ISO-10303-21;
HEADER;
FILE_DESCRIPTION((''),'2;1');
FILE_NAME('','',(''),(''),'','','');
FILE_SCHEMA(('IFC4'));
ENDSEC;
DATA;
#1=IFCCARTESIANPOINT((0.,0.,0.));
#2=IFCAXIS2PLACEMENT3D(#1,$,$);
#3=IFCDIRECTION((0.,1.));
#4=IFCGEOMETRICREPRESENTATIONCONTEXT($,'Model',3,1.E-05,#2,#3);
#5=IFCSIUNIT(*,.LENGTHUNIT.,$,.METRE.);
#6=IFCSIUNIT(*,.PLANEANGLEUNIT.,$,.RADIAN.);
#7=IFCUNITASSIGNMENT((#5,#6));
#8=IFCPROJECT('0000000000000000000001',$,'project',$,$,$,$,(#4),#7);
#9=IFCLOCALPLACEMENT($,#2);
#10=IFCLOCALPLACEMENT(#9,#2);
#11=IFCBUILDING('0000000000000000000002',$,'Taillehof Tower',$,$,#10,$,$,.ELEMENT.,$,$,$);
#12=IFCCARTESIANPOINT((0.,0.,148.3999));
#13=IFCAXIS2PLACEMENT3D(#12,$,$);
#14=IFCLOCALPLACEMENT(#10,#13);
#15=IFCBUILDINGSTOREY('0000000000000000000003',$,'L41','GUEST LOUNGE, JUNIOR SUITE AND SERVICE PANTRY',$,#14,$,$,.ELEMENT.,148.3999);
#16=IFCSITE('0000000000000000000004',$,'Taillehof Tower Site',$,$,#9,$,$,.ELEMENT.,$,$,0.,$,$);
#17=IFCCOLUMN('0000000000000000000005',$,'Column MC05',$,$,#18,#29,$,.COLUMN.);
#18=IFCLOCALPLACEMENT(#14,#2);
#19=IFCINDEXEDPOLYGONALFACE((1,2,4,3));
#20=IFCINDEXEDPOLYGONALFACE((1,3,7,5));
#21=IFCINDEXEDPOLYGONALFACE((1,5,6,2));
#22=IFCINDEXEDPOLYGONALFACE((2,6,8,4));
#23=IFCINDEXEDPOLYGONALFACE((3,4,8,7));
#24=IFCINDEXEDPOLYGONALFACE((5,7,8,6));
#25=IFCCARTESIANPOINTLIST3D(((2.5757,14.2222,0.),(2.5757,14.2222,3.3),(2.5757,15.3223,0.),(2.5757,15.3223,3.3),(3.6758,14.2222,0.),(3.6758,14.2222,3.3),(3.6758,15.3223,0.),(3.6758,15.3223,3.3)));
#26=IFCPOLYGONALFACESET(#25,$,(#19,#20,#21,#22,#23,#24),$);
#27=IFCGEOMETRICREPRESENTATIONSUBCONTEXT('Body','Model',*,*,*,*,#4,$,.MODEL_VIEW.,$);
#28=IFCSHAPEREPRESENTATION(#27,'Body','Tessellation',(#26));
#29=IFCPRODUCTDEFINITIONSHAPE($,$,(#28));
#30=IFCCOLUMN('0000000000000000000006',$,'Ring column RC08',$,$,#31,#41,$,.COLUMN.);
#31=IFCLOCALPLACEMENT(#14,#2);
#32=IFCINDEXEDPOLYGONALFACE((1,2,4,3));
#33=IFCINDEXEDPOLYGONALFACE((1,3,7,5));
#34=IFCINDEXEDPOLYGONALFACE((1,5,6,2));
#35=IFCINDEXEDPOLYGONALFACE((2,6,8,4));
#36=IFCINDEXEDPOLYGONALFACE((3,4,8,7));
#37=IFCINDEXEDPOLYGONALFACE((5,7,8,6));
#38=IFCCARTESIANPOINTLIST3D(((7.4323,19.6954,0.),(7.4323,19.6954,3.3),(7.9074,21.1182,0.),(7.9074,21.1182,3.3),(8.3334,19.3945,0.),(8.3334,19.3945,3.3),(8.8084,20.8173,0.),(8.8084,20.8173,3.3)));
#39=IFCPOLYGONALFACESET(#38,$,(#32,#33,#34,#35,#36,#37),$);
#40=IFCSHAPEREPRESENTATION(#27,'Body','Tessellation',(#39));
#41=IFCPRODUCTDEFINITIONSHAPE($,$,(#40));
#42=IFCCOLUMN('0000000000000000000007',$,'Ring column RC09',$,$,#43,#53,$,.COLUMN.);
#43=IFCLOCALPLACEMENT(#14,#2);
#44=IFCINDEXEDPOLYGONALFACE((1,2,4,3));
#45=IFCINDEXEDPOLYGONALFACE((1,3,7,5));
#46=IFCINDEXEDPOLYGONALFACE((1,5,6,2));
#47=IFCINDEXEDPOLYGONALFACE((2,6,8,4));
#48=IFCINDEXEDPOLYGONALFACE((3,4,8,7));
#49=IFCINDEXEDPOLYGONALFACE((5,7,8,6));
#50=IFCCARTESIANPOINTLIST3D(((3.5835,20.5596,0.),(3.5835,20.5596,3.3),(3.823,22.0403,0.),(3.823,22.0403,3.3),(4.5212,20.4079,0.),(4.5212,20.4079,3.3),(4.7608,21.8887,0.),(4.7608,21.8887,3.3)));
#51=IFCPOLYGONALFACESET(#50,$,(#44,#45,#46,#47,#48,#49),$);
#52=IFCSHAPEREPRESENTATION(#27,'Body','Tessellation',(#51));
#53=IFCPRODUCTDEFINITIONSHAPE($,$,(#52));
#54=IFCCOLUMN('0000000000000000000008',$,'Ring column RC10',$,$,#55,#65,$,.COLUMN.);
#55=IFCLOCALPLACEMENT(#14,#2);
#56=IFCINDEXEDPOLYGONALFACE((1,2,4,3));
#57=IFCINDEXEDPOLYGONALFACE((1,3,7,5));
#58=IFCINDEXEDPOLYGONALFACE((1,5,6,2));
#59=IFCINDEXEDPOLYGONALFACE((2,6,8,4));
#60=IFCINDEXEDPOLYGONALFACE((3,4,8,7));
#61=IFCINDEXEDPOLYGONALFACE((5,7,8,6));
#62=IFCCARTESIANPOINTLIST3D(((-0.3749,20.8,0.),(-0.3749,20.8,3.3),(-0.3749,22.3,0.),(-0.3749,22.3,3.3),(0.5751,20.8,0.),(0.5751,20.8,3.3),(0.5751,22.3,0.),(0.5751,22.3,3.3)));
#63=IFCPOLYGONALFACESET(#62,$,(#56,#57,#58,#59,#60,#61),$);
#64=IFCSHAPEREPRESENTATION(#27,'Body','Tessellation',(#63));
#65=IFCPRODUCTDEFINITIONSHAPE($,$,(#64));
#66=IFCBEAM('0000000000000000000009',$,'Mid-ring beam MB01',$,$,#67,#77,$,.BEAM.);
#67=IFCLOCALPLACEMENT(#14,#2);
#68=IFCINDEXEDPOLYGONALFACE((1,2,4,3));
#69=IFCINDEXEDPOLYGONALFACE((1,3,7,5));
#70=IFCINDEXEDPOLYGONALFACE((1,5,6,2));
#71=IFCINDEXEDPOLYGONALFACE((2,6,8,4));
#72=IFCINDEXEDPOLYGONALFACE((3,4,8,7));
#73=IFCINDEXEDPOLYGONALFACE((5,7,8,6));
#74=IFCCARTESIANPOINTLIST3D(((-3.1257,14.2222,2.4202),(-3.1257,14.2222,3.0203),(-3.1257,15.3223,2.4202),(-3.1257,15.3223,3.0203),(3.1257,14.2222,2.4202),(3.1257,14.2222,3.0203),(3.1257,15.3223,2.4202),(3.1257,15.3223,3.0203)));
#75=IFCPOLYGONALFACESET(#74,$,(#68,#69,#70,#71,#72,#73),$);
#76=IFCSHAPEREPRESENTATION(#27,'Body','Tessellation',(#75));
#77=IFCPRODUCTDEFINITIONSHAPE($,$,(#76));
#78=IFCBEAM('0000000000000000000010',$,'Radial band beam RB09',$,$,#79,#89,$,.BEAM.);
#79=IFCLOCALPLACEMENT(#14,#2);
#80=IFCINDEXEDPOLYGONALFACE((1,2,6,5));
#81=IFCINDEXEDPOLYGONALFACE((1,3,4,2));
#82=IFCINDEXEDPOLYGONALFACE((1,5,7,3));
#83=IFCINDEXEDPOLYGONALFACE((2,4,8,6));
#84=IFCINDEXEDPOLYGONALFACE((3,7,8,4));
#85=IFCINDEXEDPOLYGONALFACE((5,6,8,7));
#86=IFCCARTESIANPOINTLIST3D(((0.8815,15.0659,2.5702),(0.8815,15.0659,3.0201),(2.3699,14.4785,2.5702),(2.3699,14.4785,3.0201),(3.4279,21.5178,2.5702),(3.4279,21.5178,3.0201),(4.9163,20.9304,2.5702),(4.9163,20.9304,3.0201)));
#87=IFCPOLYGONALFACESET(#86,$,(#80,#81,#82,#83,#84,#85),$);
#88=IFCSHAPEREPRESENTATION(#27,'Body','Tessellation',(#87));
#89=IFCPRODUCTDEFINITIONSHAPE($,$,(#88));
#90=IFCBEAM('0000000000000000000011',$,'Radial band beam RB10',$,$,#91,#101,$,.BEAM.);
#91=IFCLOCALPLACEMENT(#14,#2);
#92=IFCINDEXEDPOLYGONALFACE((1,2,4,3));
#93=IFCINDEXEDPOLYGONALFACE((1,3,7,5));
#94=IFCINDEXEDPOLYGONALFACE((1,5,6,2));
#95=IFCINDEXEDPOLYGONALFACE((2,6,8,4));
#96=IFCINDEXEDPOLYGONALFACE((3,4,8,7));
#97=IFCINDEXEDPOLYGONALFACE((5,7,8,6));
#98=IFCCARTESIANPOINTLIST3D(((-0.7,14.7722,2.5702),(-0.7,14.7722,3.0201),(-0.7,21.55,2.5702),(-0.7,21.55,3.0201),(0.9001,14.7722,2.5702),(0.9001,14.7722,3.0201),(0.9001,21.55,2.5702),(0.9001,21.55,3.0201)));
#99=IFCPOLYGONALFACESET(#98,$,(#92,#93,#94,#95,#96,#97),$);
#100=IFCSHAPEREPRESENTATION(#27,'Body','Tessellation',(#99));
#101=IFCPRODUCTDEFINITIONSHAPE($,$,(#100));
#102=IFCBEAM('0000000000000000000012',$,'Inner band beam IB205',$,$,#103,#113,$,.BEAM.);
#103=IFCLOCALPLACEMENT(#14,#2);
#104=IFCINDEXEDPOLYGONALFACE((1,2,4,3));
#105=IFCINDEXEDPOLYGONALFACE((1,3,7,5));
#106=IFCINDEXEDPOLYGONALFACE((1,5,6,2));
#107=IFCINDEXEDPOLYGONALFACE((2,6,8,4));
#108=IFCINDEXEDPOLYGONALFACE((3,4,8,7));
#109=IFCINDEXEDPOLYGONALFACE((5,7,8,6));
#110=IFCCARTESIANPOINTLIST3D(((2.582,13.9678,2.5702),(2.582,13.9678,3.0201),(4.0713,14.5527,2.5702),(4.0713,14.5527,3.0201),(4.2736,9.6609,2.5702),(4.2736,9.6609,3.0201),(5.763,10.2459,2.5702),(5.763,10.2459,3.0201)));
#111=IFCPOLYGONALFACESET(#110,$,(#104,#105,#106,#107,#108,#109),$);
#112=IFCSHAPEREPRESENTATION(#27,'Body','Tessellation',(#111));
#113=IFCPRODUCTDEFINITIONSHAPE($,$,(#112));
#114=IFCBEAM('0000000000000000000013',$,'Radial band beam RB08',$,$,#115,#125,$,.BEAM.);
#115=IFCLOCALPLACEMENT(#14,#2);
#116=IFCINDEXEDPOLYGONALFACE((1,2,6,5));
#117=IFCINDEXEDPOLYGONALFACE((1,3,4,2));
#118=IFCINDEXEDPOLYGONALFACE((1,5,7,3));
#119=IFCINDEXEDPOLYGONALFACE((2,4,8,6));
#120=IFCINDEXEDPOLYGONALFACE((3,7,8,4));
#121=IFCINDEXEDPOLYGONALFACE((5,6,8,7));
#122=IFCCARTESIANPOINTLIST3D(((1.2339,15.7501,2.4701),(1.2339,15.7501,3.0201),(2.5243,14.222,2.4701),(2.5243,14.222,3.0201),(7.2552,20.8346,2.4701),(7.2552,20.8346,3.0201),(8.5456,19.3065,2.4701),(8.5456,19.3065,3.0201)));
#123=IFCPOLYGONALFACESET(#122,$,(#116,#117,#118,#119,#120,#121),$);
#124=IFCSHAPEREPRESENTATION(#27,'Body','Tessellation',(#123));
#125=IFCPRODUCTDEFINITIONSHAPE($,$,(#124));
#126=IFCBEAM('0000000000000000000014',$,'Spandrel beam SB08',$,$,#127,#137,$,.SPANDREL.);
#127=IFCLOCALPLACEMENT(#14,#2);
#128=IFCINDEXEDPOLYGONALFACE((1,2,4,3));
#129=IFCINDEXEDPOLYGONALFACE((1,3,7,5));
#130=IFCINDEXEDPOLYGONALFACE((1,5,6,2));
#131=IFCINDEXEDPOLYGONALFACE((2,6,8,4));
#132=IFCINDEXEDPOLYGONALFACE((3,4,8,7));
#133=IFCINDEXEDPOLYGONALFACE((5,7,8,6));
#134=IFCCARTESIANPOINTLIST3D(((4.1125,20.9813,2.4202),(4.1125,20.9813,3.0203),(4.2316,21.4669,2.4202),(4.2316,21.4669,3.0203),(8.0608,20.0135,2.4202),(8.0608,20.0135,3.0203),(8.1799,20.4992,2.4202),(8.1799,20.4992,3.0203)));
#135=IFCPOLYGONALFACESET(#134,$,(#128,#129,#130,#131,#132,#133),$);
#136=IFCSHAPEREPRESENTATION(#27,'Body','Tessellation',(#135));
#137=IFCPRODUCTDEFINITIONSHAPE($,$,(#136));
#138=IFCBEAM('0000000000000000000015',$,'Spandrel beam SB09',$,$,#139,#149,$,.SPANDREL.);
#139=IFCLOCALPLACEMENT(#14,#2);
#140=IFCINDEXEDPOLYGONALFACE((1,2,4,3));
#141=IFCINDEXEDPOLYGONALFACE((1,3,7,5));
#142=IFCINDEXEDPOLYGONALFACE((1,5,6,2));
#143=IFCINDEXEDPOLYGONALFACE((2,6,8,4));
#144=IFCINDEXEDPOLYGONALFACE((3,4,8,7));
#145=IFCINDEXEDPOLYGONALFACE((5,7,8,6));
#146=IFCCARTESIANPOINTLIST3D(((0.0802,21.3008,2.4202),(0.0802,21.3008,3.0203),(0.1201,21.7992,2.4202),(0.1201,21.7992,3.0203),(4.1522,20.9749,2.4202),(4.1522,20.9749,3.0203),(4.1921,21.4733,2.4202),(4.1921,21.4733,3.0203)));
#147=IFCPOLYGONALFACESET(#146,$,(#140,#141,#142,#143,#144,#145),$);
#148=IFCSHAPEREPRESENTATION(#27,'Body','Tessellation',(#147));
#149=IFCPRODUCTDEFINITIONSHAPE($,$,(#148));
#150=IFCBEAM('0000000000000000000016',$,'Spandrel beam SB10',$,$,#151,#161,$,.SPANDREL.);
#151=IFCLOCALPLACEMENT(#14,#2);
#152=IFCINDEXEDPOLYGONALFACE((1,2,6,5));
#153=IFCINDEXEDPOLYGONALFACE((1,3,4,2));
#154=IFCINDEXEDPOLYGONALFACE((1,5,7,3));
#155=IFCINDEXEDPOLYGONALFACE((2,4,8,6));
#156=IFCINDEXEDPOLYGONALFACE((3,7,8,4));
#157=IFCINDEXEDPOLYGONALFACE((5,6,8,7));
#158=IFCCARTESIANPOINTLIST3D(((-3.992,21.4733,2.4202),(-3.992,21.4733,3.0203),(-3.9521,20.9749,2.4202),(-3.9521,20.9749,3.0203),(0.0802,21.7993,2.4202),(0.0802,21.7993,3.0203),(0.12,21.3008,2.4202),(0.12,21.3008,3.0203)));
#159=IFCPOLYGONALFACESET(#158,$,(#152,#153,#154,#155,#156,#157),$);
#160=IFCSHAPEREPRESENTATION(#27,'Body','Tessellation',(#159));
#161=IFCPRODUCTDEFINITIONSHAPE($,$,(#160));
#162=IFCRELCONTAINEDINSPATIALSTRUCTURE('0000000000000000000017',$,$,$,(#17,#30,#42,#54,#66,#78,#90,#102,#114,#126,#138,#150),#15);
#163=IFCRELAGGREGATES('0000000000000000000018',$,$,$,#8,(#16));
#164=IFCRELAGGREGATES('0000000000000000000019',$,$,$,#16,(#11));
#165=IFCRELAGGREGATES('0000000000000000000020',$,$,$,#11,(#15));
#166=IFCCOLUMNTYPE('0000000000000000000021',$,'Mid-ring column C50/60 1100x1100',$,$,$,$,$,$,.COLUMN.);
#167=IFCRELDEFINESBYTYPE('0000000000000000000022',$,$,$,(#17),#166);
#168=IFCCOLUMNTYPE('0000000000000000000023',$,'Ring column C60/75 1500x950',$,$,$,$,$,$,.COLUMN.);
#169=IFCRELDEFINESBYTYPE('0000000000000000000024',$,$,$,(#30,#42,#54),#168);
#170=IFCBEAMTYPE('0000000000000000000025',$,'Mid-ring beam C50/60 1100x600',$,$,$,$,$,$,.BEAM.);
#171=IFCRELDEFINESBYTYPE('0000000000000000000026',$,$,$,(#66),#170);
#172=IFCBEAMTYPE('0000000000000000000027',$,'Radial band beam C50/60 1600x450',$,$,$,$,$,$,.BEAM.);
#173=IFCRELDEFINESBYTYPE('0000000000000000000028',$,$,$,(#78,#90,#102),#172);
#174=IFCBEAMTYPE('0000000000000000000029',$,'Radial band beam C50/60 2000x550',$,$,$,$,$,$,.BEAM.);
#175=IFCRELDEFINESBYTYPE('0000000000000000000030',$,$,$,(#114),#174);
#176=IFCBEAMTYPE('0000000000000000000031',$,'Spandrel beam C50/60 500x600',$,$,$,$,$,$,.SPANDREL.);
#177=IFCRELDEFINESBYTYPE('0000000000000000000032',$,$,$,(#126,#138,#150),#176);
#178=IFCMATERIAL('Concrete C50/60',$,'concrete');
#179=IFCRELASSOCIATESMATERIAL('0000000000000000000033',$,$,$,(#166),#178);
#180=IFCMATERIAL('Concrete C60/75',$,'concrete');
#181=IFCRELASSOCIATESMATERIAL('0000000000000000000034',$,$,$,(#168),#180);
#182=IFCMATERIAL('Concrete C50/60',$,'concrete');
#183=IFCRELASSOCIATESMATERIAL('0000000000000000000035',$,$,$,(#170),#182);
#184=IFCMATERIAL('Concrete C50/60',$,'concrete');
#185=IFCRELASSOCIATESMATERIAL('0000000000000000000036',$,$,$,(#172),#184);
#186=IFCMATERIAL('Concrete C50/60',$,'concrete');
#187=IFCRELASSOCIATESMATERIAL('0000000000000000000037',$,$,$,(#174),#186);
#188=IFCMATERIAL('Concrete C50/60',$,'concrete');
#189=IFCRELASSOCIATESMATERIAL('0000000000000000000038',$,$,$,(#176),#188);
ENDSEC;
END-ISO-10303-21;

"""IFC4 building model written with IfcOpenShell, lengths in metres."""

from ifc_helpers import new_model, si_unit, direction, frame, origin, origin_2d, place, context, subcontext, project, spatial, rectangle, extrude, material, material_profile, profile_set, type_object, element, save


model = new_model("IFC4")

# Units and contexts
model_context = context("Model", 3, precision=1e-05, world=origin(), true_north=direction((0.0, 1.0)))
body_context = subcontext(model_context, "Body", "Model", "MODEL_VIEW")
ifc_project = project(units=[si_unit("LENGTHUNIT", "METRE"), si_unit("PLANEANGLEUNIT", "RADIAN")], contexts=[model_context])

# Site, building, storey
site_placement = place(None, origin())
site = spatial("IfcSite", under=ifc_project, at=site_placement, Name="Taillehof Tower Site", CompositionType="ELEMENT", RefElevation=0.0)
building_placement = place(site_placement, origin())
building = spatial("IfcBuilding", under=site, at=building_placement, Name="Taillehof Tower", CompositionType="ELEMENT")
storey_placement = place(building_placement, frame((0.0, 0.0, 148.3999)))
storey = spatial("IfcBuildingStorey", under=building, at=storey_placement, Name="L41", Description="GUEST LOUNGE, JUNIOR SUITE AND SERVICE PANTRY", CompositionType="ELEMENT", Elevation=148.3999)

# Columns
ifc_material_1 = material(Name="Concrete C50/60", Category="concrete")
ifc_material_profile_1 = material_profile(ifc_material_1, rectangle(XDim=1.1001, YDim=1.1001, at=origin_2d()), Name="RC 1100x1100")
ifc_profile_set_1 = profile_set([ifc_material_profile_1], Name="Concrete C50/60")
column_type_1 = type_object("IfcColumnType", Name="Mid-ring column C50/60 1100x1100", PredefinedType="COLUMN", material=ifc_profile_set_1)
column_placement = place(storey_placement, frame((3.1257, 14.7722, 0.0), z_axis=(0.0, 0.0, 1.0), x_axis=(1.0, 0.0, 0.0)))
element("IfcColumn", 1, at=column_placement, inside=storey, type_object=column_type_1, Name="Column MC05", PredefinedType="COLUMN", context=body_context, shape_type="SweptSolid", body=[
    extrude(rectangle(XDim=1.1001, YDim=1.1001, at=origin_2d()), origin(), (0.0, 0.0, 1.0), 3.3),
])
ifc_material_2 = material(Name="Concrete C60/75", Category="concrete")
ifc_material_profile_2 = material_profile(ifc_material_2, rectangle(XDim=1.5, YDim=0.95, at=origin_2d()), Name="RC 1500x950")
ifc_profile_set_2 = profile_set([ifc_material_profile_2], Name="Concrete C60/75")
column_type_2 = type_object("IfcColumnType", Name="Ring column C60/75 1500x950", PredefinedType="COLUMN", material=ifc_profile_set_2)
for number, where, z_axis, x_axis, name in (
    (2, (8.1204, 20.2563, 0.0), (0.0, 0.0, 1.0), (0.316703, 0.948525, 0.0), "Ring column RC08"),
    (3, (4.1721, 21.2241, 0.0), (0.0, 0.0, 1.0), (0.159679, 0.987169, 0.0), "Ring column RC09"),
    (4, (0.1001, 21.55, 0.0), (0.0, 0.0, 1.0), (0.0, 1.0, 0.0), "Ring column RC10"),
):
    element("IfcColumn", number, at=place(storey_placement, frame(where, z_axis=z_axis, x_axis=x_axis)), inside=storey, type_object=column_type_2, Name=name, PredefinedType="COLUMN", context=body_context, shape_type="SweptSolid", body=[
        extrude(rectangle(XDim=1.5, YDim=0.95, at=origin_2d()), origin(), (0.0, 0.0, 1.0), 3.3),
    ])

# Beams
ifc_material_3 = material(Name="Concrete C50/60", Category="concrete")
ifc_material_profile_3 = material_profile(ifc_material_3, rectangle(XDim=1.1001, YDim=0.6001, at=origin_2d()), Name="RC 1100x600")
ifc_profile_set_3 = profile_set([ifc_material_profile_3], Name="Concrete C50/60")
beam_type_1 = type_object("IfcBeamType", Name="Mid-ring beam C50/60 1100x600", PredefinedType="BEAM", material=ifc_profile_set_3)
beam_1_placement = place(storey_placement, frame((3.1257, 14.7722, 2.7202), z_axis=(-1.0, 0.0, 0.0), x_axis=(0.0, -1.0, 0.0)))
element("IfcBeam", 5, at=beam_1_placement, inside=storey, type_object=beam_type_1, Name="Mid-ring beam MB01", PredefinedType="BEAM", context=body_context, shape_type="SweptSolid", body=[
    extrude(rectangle(XDim=1.1001, YDim=0.6001, at=origin_2d()), origin(), (0.0, 0.0, 1.0), 6.2515),
])
ifc_material_4 = material(Name="Concrete C50/60", Category="concrete")
ifc_material_profile_4 = material_profile(ifc_material_4, rectangle(XDim=1.6001, YDim=0.45, at=origin_2d()), Name="RC 1600x450")
ifc_profile_set_4 = profile_set([ifc_material_profile_4], Name="Concrete C50/60")
beam_type_2 = type_object("IfcBeamType", Name="Radial band beam C50/60 1600x450", PredefinedType="BEAM", material=ifc_profile_set_4)
beam_2_placement = place(storey_placement, frame((4.1721, 21.2241, 2.7952), z_axis=(-0.367114, -0.930176, 0.0), x_axis=(0.930176, -0.367114, 0.0)))
element("IfcBeam", 6, at=beam_2_placement, inside=storey, type_object=beam_type_2, Name="Radial band beam RB09", PredefinedType="BEAM", context=body_context, shape_type="SweptSolid", body=[
    extrude(rectangle(XDim=1.6001, YDim=0.45, at=origin_2d()), origin(), (0.0, 0.0, 1.0), 6.9363),
])
beam_3_placement = place(storey_placement, frame((0.1001, 21.55, 2.7952), z_axis=(0.0, -1.0, 0.0), x_axis=(1.0, 0.0, 0.0)))
element("IfcBeam", 7, at=beam_3_placement, inside=storey, type_object=beam_type_2, Name="Radial band beam RB10", PredefinedType="BEAM", context=body_context, shape_type="SweptSolid", body=[
    extrude(rectangle(XDim=1.6001, YDim=0.45, at=origin_2d()), origin(), (0.0, 0.0, 1.0), 6.7778),
])
beam_4_placement = place(storey_placement, frame((3.3267, 14.2603, 2.7952), z_axis=(0.365589, -0.930777, 0.0), x_axis=(0.930777, 0.365589, 0.0)))
element("IfcBeam", 8, at=beam_4_placement, inside=storey, type_object=beam_type_2, Name="Inner band beam IB205", PredefinedType="BEAM", context=body_context, shape_type="SweptSolid", body=[
    extrude(rectangle(XDim=1.6001, YDim=0.45, at=origin_2d()), origin(), (0.0, 0.0, 1.0), 4.6272),
])
ifc_material_5 = material(Name="Concrete C50/60", Category="concrete")
ifc_material_profile_5 = material_profile(ifc_material_5, rectangle(XDim=2.0, YDim=0.55, at=origin_2d()), Name="RC 2000x550")
ifc_profile_set_5 = profile_set([ifc_material_profile_5], Name="Concrete C50/60")
beam_type_3 = type_object("IfcBeamType", Name="Radial band beam C50/60 2000x550", PredefinedType="BEAM", material=ifc_profile_set_5)
beam_5_placement = place(storey_placement, frame((7.9004, 20.0706, 2.7451), z_axis=(-0.764038, -0.645171, 0.0), x_axis=(0.645171, -0.764038, 0.0)))
element("IfcBeam", 9, at=beam_5_placement, inside=storey, type_object=beam_type_3, Name="Radial band beam RB08", PredefinedType="BEAM", context=body_context, shape_type="SweptSolid", body=[
    extrude(rectangle(XDim=2.0, YDim=0.55, at=origin_2d()), origin(), (0.0, 0.0, 1.0), 7.8809),
])
ifc_material_6 = material(Name="Concrete C50/60", Category="concrete")
ifc_material_profile_6 = material_profile(ifc_material_6, rectangle(XDim=0.5, YDim=0.6001, at=origin_2d()), Name="RC 500x600")
ifc_profile_set_6 = profile_set([ifc_material_profile_6], Name="Concrete C50/60")
beam_type_4 = type_object("IfcBeamType", Name="Spandrel beam C50/60 500x600", PredefinedType="SPANDREL", material=ifc_profile_set_6)
beam_6_placement = place(storey_placement, frame((8.1204, 20.2563, 2.7202), z_axis=(-0.971249, 0.238068, 0.0), x_axis=(-0.238068, -0.971249, 0.0)))
element("IfcBeam", 10, at=beam_6_placement, inside=storey, type_object=beam_type_4, Name="Spandrel beam SB08", PredefinedType="SPANDREL", context=body_context, shape_type="SweptSolid", body=[
    extrude(rectangle(XDim=0.5, YDim=0.6001, at=origin_2d()), origin(), (0.0, 0.0, 1.0), 4.0652),
])
beam_7_placement = place(storey_placement, frame((4.1721, 21.2241, 2.7202), z_axis=(-0.996812, 0.079786, 0.0), x_axis=(-0.079786, -0.996812, 0.0)))
element("IfcBeam", 11, at=beam_7_placement, inside=storey, type_object=beam_type_4, Name="Spandrel beam SB09", PredefinedType="SPANDREL", context=body_context, shape_type="SweptSolid", body=[
    extrude(rectangle(XDim=0.5, YDim=0.6001, at=origin_2d()), origin(), (0.0, 0.0, 1.0), 4.085),
])
beam_8_placement = place(storey_placement, frame((0.1001, 21.55, 2.7202), z_axis=(-0.996812, -0.079781, 0.0), x_axis=(0.079781, -0.996812, 0.0)))
element("IfcBeam", 12, at=beam_8_placement, inside=storey, type_object=beam_type_4, Name="Spandrel beam SB10", PredefinedType="SPANDREL", context=body_context, shape_type="SweptSolid", body=[
    extrude(rectangle(XDim=0.5, YDim=0.6001, at=origin_2d()), origin(), (0.0, 0.0, 1.0), 4.0852),
])

save(model, "model.ifc")
